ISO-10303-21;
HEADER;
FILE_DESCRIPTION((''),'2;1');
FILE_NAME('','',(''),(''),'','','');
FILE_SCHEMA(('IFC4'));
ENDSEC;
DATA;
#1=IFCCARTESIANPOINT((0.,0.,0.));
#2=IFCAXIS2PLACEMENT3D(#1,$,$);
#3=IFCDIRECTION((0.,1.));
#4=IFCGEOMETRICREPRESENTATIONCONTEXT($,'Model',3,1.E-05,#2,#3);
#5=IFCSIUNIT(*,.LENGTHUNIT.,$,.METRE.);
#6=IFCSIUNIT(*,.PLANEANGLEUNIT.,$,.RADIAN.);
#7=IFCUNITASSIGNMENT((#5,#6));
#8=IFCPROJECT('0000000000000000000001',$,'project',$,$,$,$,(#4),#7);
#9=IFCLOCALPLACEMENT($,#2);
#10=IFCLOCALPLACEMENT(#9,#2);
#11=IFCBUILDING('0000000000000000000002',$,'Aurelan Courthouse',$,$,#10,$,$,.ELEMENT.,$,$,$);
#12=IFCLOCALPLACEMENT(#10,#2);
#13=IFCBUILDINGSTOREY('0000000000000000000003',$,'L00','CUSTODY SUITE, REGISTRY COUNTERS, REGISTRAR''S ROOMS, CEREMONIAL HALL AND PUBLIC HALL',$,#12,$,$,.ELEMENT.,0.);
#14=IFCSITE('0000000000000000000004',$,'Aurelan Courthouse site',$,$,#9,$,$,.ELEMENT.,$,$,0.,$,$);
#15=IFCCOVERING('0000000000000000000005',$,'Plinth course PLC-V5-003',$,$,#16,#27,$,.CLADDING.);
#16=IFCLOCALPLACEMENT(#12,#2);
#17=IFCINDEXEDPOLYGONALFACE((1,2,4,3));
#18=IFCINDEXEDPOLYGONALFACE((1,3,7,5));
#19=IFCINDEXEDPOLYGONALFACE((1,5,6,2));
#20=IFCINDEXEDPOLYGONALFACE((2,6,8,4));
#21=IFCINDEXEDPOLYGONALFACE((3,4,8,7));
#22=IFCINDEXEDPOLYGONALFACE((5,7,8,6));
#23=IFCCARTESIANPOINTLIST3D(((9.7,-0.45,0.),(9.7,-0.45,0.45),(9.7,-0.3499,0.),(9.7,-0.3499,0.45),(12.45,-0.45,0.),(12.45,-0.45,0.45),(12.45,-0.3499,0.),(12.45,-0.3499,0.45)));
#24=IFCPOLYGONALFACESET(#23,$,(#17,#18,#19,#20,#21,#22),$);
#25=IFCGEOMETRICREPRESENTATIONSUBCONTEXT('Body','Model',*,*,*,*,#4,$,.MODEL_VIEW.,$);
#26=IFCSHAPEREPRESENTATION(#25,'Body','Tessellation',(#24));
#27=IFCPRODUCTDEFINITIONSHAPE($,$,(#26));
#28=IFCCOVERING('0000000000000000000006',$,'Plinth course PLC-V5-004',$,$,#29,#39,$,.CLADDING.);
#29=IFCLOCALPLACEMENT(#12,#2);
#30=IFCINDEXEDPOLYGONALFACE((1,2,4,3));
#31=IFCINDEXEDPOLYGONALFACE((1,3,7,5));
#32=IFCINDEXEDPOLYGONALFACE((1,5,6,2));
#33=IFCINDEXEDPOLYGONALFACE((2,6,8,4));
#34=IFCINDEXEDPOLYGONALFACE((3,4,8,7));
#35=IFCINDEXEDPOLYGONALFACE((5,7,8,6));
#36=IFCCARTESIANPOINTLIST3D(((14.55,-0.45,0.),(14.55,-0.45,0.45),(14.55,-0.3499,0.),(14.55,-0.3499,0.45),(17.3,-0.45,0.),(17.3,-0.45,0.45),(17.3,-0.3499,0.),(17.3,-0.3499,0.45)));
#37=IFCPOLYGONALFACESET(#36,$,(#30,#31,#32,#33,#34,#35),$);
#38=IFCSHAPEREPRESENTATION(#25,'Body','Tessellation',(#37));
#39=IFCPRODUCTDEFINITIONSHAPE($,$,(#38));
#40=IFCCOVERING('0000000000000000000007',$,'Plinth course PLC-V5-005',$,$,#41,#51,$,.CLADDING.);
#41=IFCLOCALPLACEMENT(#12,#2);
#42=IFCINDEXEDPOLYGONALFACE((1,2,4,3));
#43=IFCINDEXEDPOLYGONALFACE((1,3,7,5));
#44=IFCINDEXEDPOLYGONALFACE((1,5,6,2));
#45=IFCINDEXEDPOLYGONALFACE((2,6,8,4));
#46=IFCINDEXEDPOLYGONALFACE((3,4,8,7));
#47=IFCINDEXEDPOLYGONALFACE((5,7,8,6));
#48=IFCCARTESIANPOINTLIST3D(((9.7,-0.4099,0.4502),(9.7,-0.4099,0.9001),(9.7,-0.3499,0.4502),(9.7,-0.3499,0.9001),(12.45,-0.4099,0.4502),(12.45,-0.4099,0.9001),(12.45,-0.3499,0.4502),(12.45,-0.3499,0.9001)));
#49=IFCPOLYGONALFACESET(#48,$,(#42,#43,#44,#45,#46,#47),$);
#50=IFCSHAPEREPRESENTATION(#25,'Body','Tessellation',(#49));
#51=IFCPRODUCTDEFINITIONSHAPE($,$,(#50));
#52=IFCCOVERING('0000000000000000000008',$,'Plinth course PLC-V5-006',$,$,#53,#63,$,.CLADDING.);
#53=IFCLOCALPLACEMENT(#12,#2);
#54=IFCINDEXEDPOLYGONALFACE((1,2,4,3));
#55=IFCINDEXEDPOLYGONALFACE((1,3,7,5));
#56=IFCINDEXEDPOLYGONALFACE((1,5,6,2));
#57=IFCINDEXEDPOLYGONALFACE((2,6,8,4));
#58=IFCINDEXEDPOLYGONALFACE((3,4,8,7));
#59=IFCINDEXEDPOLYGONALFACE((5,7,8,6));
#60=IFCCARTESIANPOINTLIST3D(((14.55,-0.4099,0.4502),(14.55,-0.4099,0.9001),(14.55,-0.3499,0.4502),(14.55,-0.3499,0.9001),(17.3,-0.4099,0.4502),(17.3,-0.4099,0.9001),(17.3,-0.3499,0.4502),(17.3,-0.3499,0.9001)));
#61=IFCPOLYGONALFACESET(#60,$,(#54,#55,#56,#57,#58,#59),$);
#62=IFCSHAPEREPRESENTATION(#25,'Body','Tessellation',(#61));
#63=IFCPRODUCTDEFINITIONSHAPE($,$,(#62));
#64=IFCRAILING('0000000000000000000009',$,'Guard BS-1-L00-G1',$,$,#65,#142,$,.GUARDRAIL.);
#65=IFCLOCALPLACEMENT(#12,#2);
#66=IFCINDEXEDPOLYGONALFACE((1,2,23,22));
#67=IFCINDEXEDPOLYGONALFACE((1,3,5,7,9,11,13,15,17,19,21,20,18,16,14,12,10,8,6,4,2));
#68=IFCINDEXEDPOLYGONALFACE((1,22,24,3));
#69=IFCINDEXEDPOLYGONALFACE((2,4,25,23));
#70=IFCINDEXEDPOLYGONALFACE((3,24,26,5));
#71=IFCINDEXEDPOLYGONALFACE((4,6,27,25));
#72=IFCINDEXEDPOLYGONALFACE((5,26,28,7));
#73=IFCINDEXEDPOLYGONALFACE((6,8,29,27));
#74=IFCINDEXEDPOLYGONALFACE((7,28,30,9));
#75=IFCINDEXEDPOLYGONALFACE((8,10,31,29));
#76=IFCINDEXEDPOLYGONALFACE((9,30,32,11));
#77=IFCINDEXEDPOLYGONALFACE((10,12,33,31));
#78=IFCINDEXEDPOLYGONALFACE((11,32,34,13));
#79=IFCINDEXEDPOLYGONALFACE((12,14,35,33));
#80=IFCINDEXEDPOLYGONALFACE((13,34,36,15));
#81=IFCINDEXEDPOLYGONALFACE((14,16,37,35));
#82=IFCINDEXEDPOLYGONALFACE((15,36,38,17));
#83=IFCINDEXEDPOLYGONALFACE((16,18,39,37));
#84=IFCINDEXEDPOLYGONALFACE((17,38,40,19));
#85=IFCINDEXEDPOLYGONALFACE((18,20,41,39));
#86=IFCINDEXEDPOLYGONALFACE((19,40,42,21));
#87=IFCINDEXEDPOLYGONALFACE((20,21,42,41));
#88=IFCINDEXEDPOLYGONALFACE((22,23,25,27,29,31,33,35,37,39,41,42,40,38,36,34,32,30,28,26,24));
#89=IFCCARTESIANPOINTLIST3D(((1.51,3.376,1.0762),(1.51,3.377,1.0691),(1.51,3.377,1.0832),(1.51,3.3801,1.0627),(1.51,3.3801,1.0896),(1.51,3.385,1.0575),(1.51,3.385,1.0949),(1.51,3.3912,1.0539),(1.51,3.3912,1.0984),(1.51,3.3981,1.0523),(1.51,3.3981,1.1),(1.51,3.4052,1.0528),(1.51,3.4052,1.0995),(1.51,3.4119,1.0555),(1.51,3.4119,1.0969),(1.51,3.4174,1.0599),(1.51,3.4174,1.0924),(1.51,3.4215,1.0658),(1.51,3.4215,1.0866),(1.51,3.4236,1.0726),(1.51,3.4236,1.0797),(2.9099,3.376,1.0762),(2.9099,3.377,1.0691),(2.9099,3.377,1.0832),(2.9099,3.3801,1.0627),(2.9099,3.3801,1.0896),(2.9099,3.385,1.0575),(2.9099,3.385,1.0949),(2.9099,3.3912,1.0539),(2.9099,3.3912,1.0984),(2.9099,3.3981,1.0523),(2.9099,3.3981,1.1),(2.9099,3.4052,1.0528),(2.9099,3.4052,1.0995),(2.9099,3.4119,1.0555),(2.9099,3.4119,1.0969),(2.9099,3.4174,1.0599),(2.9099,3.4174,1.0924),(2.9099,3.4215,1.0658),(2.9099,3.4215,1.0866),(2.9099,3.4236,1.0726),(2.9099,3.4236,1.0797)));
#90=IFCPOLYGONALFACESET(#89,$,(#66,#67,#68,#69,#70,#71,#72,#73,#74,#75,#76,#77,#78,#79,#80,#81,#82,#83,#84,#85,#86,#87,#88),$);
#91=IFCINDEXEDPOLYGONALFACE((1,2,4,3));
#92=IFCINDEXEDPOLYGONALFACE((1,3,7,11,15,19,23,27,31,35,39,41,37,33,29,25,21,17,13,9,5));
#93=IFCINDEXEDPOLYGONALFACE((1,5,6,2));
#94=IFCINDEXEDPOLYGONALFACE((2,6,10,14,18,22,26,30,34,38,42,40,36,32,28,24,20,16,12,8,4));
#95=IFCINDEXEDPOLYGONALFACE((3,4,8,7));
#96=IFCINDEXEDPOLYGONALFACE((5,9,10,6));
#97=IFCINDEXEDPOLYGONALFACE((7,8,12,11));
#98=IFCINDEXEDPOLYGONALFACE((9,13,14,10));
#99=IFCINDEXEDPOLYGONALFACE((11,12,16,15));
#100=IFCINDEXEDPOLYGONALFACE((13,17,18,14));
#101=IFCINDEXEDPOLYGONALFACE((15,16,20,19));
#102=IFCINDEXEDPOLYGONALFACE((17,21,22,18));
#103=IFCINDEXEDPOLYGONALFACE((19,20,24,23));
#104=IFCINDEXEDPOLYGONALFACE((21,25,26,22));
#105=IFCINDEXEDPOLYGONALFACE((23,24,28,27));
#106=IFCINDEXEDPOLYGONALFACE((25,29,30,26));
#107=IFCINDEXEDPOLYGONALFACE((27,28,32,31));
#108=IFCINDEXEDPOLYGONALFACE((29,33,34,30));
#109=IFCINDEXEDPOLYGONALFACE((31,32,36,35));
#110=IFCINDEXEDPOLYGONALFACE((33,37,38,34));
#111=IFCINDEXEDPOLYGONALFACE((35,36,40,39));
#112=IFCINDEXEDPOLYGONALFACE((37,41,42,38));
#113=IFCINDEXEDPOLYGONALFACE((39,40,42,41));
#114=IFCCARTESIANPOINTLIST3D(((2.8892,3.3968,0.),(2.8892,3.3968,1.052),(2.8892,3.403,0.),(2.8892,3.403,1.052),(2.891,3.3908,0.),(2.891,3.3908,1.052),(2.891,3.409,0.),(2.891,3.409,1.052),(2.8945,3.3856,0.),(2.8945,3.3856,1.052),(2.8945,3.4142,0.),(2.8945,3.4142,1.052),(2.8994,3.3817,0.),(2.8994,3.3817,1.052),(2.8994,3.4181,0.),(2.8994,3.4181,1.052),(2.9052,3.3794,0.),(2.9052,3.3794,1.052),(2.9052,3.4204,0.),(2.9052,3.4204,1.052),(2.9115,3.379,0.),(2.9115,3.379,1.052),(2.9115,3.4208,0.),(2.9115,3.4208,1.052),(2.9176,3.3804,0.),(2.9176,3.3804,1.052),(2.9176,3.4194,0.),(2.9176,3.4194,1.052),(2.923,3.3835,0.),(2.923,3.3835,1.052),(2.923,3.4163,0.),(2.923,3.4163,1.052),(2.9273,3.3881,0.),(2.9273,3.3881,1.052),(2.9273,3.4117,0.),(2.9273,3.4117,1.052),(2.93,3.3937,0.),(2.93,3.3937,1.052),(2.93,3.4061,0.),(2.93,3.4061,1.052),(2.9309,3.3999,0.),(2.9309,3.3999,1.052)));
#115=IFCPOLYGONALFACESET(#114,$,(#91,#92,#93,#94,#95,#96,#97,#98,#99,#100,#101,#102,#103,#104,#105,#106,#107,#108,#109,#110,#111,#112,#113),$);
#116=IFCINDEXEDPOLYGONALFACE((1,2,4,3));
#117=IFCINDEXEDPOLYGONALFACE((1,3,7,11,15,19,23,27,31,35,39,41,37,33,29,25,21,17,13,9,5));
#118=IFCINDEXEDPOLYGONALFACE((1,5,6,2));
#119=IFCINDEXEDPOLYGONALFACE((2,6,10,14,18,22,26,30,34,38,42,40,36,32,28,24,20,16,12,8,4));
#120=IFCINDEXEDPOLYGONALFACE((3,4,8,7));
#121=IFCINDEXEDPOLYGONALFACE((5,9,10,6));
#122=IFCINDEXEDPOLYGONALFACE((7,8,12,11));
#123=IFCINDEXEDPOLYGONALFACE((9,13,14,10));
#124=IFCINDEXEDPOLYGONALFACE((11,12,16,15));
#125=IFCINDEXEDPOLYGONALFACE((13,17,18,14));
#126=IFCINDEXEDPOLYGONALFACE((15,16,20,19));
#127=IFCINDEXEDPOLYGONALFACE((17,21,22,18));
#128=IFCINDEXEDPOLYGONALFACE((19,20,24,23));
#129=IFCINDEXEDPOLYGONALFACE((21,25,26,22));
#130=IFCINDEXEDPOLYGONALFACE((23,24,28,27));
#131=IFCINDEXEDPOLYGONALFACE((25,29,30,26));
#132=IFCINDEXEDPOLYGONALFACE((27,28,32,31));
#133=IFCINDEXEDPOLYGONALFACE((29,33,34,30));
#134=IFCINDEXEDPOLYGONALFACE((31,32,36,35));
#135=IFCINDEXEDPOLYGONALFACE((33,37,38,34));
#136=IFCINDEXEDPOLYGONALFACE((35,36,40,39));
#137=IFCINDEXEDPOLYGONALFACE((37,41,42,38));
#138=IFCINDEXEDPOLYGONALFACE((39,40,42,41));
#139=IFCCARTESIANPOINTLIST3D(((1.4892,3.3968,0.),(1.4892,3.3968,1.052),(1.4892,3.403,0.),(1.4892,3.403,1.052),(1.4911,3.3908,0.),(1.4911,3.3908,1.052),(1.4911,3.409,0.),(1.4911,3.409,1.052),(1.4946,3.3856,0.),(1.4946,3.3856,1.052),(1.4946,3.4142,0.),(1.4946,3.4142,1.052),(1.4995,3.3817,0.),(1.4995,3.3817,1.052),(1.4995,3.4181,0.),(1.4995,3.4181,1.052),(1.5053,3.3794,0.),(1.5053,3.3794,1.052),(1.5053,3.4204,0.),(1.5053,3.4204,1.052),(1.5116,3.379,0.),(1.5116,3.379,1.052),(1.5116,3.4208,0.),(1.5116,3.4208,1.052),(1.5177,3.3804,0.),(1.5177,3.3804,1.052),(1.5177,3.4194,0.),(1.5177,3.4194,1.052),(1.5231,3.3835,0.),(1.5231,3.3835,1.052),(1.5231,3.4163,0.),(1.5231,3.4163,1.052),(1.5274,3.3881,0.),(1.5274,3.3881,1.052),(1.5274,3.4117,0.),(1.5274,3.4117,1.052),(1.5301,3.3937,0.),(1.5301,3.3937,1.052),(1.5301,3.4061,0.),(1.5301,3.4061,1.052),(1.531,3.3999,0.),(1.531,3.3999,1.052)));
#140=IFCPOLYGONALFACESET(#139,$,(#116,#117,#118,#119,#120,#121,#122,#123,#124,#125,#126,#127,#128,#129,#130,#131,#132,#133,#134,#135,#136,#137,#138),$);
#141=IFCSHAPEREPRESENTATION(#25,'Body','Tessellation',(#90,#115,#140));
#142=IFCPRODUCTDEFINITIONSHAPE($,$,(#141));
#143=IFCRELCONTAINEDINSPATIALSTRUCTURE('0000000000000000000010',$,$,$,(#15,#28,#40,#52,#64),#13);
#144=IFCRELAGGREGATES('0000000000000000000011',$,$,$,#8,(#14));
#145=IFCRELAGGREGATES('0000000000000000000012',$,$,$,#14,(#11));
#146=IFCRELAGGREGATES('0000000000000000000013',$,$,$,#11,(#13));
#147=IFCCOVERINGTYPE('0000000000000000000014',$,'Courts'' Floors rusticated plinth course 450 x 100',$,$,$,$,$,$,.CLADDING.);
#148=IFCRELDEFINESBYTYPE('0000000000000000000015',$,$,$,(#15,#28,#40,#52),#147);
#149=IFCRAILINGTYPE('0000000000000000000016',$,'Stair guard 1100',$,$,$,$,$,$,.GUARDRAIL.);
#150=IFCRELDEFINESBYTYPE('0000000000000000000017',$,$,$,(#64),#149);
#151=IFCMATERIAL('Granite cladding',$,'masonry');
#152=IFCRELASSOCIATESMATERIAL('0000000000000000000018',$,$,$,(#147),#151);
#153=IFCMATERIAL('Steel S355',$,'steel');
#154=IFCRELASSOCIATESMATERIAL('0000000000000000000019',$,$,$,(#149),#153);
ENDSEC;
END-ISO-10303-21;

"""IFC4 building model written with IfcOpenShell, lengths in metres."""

from ifc_helpers import new_model, si_unit, direction, frame, origin, origin_2d, place, context, subcontext, project, spatial, rectangle, circle, extrude, material, type_object, element, save


model = new_model("IFC4")

# Units and contexts
model_context = context("Model", 3, precision=1e-05, world=origin(), true_north=direction((0.0, 1.0)))
body_context = subcontext(model_context, "Body", "Model", "MODEL_VIEW")
ifc_project = project(units=[si_unit("LENGTHUNIT", "METRE"), si_unit("PLANEANGLEUNIT", "RADIAN")], contexts=[model_context])

# Site, building, storey
site_placement = place(None, origin())
site = spatial("IfcSite", under=ifc_project, at=site_placement, Name="Aurelan Courthouse site", CompositionType="ELEMENT", RefElevation=0.0)
building_placement = place(site_placement, origin())
building = spatial("IfcBuilding", under=site, at=building_placement, Name="Aurelan Courthouse", CompositionType="ELEMENT")
storey_placement = place(building_placement, origin())
storey = spatial("IfcBuildingStorey", under=building, at=storey_placement, Name="L00", Description="CUSTODY SUITE, REGISTRY COUNTERS, REGISTRAR'S ROOMS, CEREMONIAL HALL AND PUBLIC HALL", CompositionType="ELEMENT", Elevation=0.0)

# Shared definitions
ifc_material_1 = material(Name="Granite cladding", Category="masonry")

# Coverings
covering_type_1 = type_object("IfcCoveringType", Name="Courts' Floors rusticated plinth course 450 x 100", PredefinedType="CLADDING", material=ifc_material_1)
for number, where, z_axis, x_axis, name in (
    (1, (11.075, -0.3999, 0.0), (0.0, 0.0, 1.0), (1.0, 0.0, 0.0), "Plinth course PLC-V5-003"),
    (2, (15.925, -0.3999, 0.0), (0.0, 0.0, 1.0), (1.0, 0.0, 0.0), "Plinth course PLC-V5-004"),
):
    element("IfcCovering", number, at=place(storey_placement, frame(where, z_axis=z_axis, x_axis=x_axis)), inside=storey, type_object=covering_type_1, Name=name, PredefinedType="CLADDING", context=body_context, shape_type="SweptSolid", body=[
        extrude(rectangle(XDim=2.75, YDim=0.1001, at=origin_2d()), origin(), (0.0, 0.0, 1.0), 0.45),
    ])
for number, where, z_axis, x_axis, name in (
    (3, (11.075, -0.3799, 0.4502), (0.0, 0.0, 1.0), (1.0, 0.0, 0.0), "Plinth course PLC-V5-005"),
    (4, (15.925, -0.3799, 0.4502), (0.0, 0.0, 1.0), (1.0, 0.0, 0.0), "Plinth course PLC-V5-006"),
):
    element("IfcCovering", number, at=place(storey_placement, frame(where, z_axis=z_axis, x_axis=x_axis)), inside=storey, type_object=covering_type_1, Name=name, PredefinedType="CLADDING", context=body_context, shape_type="SweptSolid", body=[
        extrude(rectangle(XDim=2.75, YDim=0.0601, at=origin_2d()), origin(), (0.0, 0.0, 1.0), 0.45),
    ])

# Railing
ifc_material_2 = material(Name="Steel S355", Category="steel")
railing_type = type_object("IfcRailingType", Name="Stair guard 1100", PredefinedType="GUARDRAIL", material=ifc_material_2)
railing_1_placement = place(storey_placement, frame((2.9099, 3.3999, 0.0)))
element("IfcRailing", 5, at=railing_1_placement, inside=storey, type_object=railing_type, Name="Guard BS-1-L00-G1", PredefinedType="GUARDRAIL", context=body_context, shape_type="SweptSolid", body=[
    extrude(circle(Radius=0.0239, at=origin_2d()), frame((0.0, 0.0, 1.0762), z_axis=(-1.0, 0.0, 0.0), x_axis=(0.0, -1.0, 0.0)), (0.0, 0.0, 1.0), 1.3999),
    extrude(circle(Radius=0.021, at=origin_2d()), origin(), (0.0, 0.0, 1.0), 1.052),
    extrude(circle(Radius=0.021, at=origin_2d()), frame((-1.3999, 0.0, 0.0)), (0.0, 0.0, 1.0), 1.052),
])

save(model, "model.ifc")
